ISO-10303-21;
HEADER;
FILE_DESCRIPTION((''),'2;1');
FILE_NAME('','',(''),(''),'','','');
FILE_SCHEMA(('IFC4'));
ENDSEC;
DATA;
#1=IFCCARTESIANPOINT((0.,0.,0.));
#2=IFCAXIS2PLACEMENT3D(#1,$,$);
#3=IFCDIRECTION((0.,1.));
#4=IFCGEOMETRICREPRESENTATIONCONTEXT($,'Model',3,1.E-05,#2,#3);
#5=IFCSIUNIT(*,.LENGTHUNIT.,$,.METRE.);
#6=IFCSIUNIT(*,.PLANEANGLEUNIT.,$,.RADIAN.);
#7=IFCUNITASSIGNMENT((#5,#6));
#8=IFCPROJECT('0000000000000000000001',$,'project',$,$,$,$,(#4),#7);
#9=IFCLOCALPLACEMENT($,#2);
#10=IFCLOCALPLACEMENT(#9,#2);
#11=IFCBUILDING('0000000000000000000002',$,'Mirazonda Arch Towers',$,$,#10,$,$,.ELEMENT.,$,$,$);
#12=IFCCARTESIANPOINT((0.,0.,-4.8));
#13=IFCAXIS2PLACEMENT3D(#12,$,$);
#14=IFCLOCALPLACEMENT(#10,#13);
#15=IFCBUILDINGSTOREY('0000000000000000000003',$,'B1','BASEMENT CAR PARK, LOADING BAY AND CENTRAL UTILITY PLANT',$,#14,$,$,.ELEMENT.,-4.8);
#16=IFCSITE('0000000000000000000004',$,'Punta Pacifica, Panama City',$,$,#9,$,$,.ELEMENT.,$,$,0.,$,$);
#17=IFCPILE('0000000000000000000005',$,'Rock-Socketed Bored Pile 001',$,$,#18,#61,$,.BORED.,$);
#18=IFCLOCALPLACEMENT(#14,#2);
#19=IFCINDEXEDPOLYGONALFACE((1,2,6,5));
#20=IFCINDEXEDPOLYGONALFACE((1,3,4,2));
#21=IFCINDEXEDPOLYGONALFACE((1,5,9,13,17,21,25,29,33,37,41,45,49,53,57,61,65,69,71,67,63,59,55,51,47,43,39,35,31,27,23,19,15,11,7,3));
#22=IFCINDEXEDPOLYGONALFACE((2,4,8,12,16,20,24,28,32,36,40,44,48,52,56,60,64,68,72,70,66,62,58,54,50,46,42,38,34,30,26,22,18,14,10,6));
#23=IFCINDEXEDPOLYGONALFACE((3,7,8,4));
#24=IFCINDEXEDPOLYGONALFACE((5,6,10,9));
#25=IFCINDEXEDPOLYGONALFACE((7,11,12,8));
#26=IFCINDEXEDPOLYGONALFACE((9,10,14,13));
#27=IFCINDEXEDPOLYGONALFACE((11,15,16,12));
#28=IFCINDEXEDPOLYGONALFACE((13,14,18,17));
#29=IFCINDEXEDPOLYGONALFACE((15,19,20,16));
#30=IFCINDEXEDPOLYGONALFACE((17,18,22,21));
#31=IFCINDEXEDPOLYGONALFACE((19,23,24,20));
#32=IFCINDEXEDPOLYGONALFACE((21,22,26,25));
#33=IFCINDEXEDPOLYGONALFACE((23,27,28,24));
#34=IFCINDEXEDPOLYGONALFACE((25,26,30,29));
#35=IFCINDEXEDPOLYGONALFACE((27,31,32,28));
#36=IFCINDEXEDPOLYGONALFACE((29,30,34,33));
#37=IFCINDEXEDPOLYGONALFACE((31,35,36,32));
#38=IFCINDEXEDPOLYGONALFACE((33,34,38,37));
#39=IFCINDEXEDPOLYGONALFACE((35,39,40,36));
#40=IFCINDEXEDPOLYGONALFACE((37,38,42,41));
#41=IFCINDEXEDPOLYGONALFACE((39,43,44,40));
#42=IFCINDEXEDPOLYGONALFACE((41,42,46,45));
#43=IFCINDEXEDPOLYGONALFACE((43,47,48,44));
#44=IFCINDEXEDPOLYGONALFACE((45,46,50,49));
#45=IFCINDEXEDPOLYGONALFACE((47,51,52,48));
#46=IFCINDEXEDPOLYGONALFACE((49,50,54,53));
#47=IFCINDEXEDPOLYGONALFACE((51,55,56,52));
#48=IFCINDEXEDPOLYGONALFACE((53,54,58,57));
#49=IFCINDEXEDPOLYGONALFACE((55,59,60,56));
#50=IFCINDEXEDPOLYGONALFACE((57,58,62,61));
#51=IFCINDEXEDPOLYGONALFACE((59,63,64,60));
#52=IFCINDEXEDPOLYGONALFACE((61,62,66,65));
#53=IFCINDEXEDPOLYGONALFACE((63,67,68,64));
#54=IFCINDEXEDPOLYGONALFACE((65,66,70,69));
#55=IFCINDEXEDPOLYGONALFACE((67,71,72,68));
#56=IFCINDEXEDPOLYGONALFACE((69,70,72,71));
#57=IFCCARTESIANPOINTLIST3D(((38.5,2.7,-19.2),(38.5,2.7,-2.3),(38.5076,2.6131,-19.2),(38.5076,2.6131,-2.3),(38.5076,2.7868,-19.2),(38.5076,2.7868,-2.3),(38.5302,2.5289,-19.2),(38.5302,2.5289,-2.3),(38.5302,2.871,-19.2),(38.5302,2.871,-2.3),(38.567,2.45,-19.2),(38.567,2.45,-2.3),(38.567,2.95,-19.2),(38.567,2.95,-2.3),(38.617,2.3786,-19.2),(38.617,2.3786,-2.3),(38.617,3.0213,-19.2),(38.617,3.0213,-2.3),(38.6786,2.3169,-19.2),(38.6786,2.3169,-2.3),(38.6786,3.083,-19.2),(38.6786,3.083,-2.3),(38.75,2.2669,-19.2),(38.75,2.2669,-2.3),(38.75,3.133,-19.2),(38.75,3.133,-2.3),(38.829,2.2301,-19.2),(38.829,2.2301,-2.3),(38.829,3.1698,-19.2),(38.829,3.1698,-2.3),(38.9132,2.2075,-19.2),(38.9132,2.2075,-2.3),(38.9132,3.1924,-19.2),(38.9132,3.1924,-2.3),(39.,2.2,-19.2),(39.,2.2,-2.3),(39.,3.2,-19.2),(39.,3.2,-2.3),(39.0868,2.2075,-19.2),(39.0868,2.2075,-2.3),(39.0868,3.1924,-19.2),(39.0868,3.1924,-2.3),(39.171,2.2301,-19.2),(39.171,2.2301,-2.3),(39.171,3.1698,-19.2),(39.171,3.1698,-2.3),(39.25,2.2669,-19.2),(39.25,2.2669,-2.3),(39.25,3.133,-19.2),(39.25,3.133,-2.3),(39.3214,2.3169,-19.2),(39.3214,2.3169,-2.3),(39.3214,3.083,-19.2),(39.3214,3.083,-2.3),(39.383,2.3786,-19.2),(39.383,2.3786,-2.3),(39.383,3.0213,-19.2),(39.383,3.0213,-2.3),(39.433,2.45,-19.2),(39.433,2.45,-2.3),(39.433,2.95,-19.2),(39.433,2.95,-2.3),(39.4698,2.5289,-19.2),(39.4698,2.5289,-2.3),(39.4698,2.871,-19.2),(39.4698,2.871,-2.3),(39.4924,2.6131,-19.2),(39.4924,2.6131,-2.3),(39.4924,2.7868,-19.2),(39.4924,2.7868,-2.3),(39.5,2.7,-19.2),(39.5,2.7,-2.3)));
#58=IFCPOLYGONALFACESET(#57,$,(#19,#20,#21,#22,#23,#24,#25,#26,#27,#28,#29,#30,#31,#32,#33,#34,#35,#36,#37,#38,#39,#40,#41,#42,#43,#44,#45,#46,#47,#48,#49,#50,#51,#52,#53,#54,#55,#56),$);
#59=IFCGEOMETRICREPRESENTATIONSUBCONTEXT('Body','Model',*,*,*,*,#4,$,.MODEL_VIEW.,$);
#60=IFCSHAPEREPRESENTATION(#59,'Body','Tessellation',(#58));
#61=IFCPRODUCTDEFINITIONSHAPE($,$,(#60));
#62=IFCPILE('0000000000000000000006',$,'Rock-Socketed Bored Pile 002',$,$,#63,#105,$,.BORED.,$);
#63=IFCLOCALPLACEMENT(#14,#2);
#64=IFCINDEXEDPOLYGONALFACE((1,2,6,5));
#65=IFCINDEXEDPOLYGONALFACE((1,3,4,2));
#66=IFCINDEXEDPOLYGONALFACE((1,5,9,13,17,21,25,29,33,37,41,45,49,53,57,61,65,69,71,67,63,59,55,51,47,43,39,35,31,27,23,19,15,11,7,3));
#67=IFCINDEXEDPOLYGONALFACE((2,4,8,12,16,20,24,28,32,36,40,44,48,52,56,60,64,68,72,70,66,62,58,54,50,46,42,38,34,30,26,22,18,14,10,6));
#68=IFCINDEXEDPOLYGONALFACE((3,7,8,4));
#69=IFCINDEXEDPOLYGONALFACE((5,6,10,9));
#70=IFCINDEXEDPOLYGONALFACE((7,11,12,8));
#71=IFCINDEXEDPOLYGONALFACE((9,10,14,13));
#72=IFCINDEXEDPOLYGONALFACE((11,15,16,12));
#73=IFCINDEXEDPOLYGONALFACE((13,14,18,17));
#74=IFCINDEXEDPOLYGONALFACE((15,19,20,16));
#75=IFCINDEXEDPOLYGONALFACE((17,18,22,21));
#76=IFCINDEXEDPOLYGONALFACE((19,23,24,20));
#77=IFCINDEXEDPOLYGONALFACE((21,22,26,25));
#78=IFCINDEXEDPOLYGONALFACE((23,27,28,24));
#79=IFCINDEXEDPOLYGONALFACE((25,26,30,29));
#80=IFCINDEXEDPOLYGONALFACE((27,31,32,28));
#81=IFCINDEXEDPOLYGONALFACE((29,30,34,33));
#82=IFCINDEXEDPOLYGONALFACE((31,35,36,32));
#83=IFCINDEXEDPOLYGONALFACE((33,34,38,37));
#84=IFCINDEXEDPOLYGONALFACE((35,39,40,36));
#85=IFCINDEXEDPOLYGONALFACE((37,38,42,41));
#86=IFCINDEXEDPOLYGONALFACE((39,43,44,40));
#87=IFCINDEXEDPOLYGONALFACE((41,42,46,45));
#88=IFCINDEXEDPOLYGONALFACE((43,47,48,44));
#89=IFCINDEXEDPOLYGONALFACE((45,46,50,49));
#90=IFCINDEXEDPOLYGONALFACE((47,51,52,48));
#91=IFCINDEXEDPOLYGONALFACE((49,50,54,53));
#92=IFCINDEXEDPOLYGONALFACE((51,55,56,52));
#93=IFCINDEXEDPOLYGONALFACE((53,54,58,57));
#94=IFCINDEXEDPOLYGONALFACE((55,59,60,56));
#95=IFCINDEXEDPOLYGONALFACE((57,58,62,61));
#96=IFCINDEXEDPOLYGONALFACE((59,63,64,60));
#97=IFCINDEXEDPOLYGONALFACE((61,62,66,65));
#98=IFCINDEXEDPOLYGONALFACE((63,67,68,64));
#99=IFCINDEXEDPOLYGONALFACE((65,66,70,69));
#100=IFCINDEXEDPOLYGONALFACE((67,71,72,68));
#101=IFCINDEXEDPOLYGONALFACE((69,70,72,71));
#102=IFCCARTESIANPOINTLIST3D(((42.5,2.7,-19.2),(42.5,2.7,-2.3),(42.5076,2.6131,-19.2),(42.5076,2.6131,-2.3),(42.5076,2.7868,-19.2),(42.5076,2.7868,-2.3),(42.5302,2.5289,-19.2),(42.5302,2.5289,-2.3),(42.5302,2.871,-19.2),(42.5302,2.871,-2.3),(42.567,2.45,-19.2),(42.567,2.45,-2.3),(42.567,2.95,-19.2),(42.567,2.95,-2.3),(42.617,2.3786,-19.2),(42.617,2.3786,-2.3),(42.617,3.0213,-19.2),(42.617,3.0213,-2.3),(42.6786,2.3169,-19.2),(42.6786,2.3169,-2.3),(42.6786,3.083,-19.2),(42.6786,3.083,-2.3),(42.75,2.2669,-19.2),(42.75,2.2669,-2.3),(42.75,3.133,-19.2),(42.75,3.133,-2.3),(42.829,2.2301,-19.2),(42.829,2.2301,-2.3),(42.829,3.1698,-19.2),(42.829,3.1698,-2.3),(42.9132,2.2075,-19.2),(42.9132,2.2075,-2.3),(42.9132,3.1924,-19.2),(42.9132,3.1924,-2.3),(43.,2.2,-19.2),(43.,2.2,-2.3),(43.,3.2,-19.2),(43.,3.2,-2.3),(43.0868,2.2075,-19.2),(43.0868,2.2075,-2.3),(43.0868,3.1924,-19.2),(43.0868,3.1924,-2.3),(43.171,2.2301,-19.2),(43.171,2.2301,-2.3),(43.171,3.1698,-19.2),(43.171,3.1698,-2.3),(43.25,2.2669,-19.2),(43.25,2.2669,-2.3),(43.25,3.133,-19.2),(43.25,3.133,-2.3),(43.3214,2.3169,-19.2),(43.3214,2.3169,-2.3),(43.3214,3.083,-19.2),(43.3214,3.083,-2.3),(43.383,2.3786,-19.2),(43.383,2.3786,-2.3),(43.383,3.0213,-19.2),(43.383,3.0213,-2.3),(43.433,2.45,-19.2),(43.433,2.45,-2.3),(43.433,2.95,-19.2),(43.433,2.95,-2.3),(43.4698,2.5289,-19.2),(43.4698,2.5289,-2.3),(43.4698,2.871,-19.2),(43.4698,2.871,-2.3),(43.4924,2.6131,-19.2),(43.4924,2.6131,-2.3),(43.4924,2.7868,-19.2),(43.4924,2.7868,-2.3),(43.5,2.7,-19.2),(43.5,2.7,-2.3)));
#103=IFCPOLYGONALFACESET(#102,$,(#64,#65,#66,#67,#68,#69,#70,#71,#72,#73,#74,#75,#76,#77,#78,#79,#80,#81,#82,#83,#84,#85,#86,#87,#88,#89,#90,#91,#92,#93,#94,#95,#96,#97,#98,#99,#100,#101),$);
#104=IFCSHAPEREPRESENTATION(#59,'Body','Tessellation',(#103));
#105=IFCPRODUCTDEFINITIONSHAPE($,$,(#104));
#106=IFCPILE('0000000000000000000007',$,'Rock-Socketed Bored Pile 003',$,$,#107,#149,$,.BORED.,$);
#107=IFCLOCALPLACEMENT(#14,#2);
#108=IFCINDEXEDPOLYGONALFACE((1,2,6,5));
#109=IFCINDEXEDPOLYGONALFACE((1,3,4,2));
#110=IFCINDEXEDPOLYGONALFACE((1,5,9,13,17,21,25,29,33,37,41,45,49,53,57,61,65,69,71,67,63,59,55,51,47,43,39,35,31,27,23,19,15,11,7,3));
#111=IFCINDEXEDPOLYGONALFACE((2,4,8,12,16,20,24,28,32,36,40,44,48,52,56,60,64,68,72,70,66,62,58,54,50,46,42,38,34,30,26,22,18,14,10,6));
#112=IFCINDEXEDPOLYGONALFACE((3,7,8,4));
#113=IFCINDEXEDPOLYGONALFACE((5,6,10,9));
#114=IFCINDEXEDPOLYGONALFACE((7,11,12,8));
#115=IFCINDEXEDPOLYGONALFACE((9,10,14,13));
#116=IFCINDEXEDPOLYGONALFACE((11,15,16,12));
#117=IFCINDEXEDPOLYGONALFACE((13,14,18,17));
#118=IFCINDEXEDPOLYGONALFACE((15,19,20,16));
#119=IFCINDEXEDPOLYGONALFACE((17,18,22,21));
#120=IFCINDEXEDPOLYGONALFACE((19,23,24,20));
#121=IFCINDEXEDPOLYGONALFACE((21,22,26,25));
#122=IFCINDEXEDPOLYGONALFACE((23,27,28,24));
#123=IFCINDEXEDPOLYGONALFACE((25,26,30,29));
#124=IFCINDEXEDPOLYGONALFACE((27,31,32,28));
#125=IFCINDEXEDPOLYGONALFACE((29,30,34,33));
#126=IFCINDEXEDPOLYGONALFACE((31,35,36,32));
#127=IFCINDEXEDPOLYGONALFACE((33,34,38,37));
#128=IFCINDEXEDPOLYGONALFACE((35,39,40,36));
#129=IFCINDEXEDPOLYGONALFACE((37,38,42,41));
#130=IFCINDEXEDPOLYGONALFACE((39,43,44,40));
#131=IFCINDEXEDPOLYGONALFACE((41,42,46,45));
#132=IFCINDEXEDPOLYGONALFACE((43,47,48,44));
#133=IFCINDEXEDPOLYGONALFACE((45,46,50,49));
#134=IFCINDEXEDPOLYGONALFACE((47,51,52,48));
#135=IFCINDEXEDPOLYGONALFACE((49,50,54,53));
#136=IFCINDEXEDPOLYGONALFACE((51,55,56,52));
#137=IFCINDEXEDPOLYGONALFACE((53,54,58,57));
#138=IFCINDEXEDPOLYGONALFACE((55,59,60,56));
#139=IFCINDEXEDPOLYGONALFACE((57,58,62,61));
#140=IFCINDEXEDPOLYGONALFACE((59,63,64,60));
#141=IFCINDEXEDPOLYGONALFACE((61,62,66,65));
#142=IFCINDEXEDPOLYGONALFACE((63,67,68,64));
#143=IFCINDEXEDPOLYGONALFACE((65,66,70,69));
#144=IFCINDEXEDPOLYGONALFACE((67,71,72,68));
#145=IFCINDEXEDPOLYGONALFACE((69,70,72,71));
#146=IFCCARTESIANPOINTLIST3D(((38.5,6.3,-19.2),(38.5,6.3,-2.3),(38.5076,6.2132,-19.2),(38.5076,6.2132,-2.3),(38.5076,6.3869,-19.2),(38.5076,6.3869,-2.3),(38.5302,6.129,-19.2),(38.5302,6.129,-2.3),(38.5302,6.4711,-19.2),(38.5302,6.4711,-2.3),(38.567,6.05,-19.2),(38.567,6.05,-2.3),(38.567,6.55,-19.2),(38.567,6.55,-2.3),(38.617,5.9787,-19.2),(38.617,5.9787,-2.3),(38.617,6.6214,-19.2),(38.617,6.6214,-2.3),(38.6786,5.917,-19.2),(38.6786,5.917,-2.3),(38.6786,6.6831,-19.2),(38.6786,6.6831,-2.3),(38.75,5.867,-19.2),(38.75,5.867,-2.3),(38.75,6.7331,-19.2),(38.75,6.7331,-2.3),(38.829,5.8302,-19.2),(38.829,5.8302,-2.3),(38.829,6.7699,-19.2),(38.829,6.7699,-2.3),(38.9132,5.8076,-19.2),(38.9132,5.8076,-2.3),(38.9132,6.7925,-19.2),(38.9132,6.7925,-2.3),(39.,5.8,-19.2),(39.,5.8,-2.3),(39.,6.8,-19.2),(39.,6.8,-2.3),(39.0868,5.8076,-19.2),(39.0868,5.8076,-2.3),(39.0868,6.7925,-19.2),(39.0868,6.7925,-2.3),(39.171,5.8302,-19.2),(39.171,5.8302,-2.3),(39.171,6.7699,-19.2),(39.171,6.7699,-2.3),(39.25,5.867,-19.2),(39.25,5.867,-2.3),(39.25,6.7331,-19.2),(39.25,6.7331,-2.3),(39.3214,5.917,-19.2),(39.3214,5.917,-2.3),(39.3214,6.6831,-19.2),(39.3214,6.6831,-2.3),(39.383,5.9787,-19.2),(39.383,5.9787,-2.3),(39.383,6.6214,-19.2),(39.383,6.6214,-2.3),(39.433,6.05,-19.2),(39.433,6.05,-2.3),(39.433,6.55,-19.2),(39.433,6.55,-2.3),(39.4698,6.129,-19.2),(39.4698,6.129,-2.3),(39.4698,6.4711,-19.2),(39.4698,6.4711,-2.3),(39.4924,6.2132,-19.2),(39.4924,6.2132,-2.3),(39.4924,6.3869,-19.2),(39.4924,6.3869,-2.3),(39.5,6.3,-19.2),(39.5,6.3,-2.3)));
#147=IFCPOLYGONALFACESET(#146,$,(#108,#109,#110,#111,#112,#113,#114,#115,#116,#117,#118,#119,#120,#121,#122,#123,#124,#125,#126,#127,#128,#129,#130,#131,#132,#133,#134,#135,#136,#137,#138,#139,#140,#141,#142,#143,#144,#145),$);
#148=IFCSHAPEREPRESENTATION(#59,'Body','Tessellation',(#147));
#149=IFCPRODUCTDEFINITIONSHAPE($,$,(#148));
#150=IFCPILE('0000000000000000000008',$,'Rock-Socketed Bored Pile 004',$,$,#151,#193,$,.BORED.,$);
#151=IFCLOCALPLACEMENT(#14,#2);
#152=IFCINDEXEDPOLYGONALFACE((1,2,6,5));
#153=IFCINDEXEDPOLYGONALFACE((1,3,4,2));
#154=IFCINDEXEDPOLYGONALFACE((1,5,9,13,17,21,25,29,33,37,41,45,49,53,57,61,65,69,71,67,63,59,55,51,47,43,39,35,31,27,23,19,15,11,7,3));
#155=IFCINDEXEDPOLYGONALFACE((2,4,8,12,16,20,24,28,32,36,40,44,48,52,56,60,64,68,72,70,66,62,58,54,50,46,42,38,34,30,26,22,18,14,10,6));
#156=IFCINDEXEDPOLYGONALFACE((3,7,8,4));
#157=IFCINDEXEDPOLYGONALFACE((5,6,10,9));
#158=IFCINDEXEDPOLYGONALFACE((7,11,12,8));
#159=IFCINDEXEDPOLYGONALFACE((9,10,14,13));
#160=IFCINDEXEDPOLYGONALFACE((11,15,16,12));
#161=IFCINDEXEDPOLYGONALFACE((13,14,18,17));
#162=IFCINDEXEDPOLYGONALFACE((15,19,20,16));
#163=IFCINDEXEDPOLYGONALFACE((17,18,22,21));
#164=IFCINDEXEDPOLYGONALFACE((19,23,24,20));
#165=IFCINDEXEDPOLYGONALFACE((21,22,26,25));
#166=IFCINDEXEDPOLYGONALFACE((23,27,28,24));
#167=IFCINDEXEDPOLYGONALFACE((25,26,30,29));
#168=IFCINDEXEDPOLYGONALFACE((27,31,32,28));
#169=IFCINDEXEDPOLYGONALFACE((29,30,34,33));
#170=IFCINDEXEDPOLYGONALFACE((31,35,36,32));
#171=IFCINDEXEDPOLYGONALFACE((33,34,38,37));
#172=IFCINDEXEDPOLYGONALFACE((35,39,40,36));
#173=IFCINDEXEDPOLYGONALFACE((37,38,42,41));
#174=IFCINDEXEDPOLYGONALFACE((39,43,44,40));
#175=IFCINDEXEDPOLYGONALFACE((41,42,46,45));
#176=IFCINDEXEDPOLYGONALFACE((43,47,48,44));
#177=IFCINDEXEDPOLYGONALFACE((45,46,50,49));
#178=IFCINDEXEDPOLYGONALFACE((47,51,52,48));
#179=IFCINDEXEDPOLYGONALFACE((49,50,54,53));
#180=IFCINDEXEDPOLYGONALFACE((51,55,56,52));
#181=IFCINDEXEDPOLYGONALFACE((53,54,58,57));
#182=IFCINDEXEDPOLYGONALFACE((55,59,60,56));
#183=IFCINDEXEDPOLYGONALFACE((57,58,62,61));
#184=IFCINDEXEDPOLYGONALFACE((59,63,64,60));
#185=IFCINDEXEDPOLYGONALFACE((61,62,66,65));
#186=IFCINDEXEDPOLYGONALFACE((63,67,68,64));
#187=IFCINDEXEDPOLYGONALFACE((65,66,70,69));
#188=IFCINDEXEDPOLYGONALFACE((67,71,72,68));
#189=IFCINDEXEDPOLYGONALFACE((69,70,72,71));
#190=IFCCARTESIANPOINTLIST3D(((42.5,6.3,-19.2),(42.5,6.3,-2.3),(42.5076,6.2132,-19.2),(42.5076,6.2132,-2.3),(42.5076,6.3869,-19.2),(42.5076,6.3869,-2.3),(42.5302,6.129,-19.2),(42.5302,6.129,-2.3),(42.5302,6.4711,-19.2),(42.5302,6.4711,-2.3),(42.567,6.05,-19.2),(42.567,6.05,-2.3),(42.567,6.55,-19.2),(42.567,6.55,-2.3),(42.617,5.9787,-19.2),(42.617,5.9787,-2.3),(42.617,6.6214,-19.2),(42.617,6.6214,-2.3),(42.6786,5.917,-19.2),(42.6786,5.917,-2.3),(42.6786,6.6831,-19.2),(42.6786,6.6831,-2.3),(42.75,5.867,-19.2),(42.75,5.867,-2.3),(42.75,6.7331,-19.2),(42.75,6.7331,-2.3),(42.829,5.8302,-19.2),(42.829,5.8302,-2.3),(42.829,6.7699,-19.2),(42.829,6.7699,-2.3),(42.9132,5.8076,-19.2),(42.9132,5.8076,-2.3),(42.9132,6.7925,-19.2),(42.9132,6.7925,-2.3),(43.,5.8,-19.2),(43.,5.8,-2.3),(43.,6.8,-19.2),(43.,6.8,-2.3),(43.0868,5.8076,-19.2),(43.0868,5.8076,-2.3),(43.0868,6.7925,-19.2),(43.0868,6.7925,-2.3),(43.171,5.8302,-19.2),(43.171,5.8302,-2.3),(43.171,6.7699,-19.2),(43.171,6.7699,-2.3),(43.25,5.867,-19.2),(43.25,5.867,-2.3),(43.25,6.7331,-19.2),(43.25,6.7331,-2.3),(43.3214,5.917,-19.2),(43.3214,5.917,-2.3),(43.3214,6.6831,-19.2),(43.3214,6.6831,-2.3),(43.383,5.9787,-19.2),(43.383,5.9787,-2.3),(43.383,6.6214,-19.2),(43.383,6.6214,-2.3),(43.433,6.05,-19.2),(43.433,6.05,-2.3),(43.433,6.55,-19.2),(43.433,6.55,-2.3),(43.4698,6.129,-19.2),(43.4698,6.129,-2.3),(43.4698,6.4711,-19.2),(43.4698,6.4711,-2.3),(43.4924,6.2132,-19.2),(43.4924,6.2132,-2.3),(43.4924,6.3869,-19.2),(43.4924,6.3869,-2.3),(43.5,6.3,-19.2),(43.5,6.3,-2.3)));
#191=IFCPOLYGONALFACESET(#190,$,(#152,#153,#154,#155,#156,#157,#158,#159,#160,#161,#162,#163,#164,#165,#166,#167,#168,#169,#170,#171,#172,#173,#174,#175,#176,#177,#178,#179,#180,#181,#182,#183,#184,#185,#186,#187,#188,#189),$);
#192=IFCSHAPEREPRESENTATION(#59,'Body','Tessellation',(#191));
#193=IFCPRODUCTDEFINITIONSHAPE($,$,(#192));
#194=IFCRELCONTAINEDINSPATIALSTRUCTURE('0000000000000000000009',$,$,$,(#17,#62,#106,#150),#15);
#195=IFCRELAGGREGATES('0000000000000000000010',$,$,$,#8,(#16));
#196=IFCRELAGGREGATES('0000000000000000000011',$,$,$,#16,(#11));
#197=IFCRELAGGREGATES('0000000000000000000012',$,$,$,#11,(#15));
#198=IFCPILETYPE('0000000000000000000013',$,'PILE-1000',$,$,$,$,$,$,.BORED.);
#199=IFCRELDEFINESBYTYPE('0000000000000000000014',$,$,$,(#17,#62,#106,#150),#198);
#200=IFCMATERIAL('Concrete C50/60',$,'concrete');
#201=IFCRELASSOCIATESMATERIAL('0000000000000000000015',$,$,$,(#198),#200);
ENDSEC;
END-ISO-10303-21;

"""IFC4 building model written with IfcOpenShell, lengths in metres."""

from ifc_helpers import new_model, si_unit, direction, frame, origin, origin_2d, place, context, subcontext, project, spatial, circle, extrude, material, material_profile, profile_set, type_object, element, save


model = new_model("IFC4")

# Units and contexts
model_context = context("Model", 3, precision=1e-05, world=origin(), true_north=direction((0.0, 1.0)))
body_context = subcontext(model_context, "Body", "Model", "MODEL_VIEW")
ifc_project = project(units=[si_unit("LENGTHUNIT", "METRE"), si_unit("PLANEANGLEUNIT", "RADIAN")], contexts=[model_context])

# Site, building, storey
site_placement = place(None, origin())
site = spatial("IfcSite", under=ifc_project, at=site_placement, Name="Punta Pacifica, Panama City", CompositionType="ELEMENT", RefElevation=0.0)
building_placement = place(site_placement, origin())
building = spatial("IfcBuilding", under=site, at=building_placement, Name="Mirazonda Arch Towers", CompositionType="ELEMENT")
storey_placement = place(building_placement, frame((0.0, 0.0, -4.8)))
storey = spatial("IfcBuildingStorey", under=building, at=storey_placement, Name="B1", Description="BASEMENT CAR PARK, LOADING BAY AND CENTRAL UTILITY PLANT", CompositionType="ELEMENT", Elevation=-4.8)

# Piles
ifc_material_1 = material(Name="Concrete C50/60", Category="concrete")
ifc_material_profile_1 = material_profile(ifc_material_1, circle(Radius=0.5, at=origin_2d()), Name="BORED-D1000")
ifc_profile_set_1 = profile_set([ifc_material_profile_1], Name="Concrete C50/60")
pile_type_1 = type_object("IfcPileType", Name="PILE-1000", PredefinedType="BORED", material=ifc_profile_set_1)
for number, where, z_axis, x_axis, name in (
    (1, (39.0, 2.7, -2.3), (0.0, 0.0, -1.0), (1.0, 0.0, 0.0), "Rock-Socketed Bored Pile 001"),
    (2, (43.0, 2.7, -2.3), (0.0, 0.0, -1.0), (1.0, 0.0, 0.0), "Rock-Socketed Bored Pile 002"),
    (3, (39.0, 6.3, -2.3), (0.0, 0.0, -1.0), (1.0, 0.0, 0.0), "Rock-Socketed Bored Pile 003"),
    (4, (43.0, 6.3, -2.3), (0.0, 0.0, -1.0), (1.0, 0.0, 0.0), "Rock-Socketed Bored Pile 004"),
):
    element("IfcPile", number, at=place(storey_placement, frame(where, z_axis=z_axis, x_axis=x_axis)), inside=storey, type_object=pile_type_1, Name=name, PredefinedType="BORED", context=body_context, shape_type="SweptSolid", body=[
        extrude(circle(Radius=0.5, at=origin_2d()), origin(), (0.0, 0.0, 1.0), 16.8999),
    ])

save(model, "model.ifc")
